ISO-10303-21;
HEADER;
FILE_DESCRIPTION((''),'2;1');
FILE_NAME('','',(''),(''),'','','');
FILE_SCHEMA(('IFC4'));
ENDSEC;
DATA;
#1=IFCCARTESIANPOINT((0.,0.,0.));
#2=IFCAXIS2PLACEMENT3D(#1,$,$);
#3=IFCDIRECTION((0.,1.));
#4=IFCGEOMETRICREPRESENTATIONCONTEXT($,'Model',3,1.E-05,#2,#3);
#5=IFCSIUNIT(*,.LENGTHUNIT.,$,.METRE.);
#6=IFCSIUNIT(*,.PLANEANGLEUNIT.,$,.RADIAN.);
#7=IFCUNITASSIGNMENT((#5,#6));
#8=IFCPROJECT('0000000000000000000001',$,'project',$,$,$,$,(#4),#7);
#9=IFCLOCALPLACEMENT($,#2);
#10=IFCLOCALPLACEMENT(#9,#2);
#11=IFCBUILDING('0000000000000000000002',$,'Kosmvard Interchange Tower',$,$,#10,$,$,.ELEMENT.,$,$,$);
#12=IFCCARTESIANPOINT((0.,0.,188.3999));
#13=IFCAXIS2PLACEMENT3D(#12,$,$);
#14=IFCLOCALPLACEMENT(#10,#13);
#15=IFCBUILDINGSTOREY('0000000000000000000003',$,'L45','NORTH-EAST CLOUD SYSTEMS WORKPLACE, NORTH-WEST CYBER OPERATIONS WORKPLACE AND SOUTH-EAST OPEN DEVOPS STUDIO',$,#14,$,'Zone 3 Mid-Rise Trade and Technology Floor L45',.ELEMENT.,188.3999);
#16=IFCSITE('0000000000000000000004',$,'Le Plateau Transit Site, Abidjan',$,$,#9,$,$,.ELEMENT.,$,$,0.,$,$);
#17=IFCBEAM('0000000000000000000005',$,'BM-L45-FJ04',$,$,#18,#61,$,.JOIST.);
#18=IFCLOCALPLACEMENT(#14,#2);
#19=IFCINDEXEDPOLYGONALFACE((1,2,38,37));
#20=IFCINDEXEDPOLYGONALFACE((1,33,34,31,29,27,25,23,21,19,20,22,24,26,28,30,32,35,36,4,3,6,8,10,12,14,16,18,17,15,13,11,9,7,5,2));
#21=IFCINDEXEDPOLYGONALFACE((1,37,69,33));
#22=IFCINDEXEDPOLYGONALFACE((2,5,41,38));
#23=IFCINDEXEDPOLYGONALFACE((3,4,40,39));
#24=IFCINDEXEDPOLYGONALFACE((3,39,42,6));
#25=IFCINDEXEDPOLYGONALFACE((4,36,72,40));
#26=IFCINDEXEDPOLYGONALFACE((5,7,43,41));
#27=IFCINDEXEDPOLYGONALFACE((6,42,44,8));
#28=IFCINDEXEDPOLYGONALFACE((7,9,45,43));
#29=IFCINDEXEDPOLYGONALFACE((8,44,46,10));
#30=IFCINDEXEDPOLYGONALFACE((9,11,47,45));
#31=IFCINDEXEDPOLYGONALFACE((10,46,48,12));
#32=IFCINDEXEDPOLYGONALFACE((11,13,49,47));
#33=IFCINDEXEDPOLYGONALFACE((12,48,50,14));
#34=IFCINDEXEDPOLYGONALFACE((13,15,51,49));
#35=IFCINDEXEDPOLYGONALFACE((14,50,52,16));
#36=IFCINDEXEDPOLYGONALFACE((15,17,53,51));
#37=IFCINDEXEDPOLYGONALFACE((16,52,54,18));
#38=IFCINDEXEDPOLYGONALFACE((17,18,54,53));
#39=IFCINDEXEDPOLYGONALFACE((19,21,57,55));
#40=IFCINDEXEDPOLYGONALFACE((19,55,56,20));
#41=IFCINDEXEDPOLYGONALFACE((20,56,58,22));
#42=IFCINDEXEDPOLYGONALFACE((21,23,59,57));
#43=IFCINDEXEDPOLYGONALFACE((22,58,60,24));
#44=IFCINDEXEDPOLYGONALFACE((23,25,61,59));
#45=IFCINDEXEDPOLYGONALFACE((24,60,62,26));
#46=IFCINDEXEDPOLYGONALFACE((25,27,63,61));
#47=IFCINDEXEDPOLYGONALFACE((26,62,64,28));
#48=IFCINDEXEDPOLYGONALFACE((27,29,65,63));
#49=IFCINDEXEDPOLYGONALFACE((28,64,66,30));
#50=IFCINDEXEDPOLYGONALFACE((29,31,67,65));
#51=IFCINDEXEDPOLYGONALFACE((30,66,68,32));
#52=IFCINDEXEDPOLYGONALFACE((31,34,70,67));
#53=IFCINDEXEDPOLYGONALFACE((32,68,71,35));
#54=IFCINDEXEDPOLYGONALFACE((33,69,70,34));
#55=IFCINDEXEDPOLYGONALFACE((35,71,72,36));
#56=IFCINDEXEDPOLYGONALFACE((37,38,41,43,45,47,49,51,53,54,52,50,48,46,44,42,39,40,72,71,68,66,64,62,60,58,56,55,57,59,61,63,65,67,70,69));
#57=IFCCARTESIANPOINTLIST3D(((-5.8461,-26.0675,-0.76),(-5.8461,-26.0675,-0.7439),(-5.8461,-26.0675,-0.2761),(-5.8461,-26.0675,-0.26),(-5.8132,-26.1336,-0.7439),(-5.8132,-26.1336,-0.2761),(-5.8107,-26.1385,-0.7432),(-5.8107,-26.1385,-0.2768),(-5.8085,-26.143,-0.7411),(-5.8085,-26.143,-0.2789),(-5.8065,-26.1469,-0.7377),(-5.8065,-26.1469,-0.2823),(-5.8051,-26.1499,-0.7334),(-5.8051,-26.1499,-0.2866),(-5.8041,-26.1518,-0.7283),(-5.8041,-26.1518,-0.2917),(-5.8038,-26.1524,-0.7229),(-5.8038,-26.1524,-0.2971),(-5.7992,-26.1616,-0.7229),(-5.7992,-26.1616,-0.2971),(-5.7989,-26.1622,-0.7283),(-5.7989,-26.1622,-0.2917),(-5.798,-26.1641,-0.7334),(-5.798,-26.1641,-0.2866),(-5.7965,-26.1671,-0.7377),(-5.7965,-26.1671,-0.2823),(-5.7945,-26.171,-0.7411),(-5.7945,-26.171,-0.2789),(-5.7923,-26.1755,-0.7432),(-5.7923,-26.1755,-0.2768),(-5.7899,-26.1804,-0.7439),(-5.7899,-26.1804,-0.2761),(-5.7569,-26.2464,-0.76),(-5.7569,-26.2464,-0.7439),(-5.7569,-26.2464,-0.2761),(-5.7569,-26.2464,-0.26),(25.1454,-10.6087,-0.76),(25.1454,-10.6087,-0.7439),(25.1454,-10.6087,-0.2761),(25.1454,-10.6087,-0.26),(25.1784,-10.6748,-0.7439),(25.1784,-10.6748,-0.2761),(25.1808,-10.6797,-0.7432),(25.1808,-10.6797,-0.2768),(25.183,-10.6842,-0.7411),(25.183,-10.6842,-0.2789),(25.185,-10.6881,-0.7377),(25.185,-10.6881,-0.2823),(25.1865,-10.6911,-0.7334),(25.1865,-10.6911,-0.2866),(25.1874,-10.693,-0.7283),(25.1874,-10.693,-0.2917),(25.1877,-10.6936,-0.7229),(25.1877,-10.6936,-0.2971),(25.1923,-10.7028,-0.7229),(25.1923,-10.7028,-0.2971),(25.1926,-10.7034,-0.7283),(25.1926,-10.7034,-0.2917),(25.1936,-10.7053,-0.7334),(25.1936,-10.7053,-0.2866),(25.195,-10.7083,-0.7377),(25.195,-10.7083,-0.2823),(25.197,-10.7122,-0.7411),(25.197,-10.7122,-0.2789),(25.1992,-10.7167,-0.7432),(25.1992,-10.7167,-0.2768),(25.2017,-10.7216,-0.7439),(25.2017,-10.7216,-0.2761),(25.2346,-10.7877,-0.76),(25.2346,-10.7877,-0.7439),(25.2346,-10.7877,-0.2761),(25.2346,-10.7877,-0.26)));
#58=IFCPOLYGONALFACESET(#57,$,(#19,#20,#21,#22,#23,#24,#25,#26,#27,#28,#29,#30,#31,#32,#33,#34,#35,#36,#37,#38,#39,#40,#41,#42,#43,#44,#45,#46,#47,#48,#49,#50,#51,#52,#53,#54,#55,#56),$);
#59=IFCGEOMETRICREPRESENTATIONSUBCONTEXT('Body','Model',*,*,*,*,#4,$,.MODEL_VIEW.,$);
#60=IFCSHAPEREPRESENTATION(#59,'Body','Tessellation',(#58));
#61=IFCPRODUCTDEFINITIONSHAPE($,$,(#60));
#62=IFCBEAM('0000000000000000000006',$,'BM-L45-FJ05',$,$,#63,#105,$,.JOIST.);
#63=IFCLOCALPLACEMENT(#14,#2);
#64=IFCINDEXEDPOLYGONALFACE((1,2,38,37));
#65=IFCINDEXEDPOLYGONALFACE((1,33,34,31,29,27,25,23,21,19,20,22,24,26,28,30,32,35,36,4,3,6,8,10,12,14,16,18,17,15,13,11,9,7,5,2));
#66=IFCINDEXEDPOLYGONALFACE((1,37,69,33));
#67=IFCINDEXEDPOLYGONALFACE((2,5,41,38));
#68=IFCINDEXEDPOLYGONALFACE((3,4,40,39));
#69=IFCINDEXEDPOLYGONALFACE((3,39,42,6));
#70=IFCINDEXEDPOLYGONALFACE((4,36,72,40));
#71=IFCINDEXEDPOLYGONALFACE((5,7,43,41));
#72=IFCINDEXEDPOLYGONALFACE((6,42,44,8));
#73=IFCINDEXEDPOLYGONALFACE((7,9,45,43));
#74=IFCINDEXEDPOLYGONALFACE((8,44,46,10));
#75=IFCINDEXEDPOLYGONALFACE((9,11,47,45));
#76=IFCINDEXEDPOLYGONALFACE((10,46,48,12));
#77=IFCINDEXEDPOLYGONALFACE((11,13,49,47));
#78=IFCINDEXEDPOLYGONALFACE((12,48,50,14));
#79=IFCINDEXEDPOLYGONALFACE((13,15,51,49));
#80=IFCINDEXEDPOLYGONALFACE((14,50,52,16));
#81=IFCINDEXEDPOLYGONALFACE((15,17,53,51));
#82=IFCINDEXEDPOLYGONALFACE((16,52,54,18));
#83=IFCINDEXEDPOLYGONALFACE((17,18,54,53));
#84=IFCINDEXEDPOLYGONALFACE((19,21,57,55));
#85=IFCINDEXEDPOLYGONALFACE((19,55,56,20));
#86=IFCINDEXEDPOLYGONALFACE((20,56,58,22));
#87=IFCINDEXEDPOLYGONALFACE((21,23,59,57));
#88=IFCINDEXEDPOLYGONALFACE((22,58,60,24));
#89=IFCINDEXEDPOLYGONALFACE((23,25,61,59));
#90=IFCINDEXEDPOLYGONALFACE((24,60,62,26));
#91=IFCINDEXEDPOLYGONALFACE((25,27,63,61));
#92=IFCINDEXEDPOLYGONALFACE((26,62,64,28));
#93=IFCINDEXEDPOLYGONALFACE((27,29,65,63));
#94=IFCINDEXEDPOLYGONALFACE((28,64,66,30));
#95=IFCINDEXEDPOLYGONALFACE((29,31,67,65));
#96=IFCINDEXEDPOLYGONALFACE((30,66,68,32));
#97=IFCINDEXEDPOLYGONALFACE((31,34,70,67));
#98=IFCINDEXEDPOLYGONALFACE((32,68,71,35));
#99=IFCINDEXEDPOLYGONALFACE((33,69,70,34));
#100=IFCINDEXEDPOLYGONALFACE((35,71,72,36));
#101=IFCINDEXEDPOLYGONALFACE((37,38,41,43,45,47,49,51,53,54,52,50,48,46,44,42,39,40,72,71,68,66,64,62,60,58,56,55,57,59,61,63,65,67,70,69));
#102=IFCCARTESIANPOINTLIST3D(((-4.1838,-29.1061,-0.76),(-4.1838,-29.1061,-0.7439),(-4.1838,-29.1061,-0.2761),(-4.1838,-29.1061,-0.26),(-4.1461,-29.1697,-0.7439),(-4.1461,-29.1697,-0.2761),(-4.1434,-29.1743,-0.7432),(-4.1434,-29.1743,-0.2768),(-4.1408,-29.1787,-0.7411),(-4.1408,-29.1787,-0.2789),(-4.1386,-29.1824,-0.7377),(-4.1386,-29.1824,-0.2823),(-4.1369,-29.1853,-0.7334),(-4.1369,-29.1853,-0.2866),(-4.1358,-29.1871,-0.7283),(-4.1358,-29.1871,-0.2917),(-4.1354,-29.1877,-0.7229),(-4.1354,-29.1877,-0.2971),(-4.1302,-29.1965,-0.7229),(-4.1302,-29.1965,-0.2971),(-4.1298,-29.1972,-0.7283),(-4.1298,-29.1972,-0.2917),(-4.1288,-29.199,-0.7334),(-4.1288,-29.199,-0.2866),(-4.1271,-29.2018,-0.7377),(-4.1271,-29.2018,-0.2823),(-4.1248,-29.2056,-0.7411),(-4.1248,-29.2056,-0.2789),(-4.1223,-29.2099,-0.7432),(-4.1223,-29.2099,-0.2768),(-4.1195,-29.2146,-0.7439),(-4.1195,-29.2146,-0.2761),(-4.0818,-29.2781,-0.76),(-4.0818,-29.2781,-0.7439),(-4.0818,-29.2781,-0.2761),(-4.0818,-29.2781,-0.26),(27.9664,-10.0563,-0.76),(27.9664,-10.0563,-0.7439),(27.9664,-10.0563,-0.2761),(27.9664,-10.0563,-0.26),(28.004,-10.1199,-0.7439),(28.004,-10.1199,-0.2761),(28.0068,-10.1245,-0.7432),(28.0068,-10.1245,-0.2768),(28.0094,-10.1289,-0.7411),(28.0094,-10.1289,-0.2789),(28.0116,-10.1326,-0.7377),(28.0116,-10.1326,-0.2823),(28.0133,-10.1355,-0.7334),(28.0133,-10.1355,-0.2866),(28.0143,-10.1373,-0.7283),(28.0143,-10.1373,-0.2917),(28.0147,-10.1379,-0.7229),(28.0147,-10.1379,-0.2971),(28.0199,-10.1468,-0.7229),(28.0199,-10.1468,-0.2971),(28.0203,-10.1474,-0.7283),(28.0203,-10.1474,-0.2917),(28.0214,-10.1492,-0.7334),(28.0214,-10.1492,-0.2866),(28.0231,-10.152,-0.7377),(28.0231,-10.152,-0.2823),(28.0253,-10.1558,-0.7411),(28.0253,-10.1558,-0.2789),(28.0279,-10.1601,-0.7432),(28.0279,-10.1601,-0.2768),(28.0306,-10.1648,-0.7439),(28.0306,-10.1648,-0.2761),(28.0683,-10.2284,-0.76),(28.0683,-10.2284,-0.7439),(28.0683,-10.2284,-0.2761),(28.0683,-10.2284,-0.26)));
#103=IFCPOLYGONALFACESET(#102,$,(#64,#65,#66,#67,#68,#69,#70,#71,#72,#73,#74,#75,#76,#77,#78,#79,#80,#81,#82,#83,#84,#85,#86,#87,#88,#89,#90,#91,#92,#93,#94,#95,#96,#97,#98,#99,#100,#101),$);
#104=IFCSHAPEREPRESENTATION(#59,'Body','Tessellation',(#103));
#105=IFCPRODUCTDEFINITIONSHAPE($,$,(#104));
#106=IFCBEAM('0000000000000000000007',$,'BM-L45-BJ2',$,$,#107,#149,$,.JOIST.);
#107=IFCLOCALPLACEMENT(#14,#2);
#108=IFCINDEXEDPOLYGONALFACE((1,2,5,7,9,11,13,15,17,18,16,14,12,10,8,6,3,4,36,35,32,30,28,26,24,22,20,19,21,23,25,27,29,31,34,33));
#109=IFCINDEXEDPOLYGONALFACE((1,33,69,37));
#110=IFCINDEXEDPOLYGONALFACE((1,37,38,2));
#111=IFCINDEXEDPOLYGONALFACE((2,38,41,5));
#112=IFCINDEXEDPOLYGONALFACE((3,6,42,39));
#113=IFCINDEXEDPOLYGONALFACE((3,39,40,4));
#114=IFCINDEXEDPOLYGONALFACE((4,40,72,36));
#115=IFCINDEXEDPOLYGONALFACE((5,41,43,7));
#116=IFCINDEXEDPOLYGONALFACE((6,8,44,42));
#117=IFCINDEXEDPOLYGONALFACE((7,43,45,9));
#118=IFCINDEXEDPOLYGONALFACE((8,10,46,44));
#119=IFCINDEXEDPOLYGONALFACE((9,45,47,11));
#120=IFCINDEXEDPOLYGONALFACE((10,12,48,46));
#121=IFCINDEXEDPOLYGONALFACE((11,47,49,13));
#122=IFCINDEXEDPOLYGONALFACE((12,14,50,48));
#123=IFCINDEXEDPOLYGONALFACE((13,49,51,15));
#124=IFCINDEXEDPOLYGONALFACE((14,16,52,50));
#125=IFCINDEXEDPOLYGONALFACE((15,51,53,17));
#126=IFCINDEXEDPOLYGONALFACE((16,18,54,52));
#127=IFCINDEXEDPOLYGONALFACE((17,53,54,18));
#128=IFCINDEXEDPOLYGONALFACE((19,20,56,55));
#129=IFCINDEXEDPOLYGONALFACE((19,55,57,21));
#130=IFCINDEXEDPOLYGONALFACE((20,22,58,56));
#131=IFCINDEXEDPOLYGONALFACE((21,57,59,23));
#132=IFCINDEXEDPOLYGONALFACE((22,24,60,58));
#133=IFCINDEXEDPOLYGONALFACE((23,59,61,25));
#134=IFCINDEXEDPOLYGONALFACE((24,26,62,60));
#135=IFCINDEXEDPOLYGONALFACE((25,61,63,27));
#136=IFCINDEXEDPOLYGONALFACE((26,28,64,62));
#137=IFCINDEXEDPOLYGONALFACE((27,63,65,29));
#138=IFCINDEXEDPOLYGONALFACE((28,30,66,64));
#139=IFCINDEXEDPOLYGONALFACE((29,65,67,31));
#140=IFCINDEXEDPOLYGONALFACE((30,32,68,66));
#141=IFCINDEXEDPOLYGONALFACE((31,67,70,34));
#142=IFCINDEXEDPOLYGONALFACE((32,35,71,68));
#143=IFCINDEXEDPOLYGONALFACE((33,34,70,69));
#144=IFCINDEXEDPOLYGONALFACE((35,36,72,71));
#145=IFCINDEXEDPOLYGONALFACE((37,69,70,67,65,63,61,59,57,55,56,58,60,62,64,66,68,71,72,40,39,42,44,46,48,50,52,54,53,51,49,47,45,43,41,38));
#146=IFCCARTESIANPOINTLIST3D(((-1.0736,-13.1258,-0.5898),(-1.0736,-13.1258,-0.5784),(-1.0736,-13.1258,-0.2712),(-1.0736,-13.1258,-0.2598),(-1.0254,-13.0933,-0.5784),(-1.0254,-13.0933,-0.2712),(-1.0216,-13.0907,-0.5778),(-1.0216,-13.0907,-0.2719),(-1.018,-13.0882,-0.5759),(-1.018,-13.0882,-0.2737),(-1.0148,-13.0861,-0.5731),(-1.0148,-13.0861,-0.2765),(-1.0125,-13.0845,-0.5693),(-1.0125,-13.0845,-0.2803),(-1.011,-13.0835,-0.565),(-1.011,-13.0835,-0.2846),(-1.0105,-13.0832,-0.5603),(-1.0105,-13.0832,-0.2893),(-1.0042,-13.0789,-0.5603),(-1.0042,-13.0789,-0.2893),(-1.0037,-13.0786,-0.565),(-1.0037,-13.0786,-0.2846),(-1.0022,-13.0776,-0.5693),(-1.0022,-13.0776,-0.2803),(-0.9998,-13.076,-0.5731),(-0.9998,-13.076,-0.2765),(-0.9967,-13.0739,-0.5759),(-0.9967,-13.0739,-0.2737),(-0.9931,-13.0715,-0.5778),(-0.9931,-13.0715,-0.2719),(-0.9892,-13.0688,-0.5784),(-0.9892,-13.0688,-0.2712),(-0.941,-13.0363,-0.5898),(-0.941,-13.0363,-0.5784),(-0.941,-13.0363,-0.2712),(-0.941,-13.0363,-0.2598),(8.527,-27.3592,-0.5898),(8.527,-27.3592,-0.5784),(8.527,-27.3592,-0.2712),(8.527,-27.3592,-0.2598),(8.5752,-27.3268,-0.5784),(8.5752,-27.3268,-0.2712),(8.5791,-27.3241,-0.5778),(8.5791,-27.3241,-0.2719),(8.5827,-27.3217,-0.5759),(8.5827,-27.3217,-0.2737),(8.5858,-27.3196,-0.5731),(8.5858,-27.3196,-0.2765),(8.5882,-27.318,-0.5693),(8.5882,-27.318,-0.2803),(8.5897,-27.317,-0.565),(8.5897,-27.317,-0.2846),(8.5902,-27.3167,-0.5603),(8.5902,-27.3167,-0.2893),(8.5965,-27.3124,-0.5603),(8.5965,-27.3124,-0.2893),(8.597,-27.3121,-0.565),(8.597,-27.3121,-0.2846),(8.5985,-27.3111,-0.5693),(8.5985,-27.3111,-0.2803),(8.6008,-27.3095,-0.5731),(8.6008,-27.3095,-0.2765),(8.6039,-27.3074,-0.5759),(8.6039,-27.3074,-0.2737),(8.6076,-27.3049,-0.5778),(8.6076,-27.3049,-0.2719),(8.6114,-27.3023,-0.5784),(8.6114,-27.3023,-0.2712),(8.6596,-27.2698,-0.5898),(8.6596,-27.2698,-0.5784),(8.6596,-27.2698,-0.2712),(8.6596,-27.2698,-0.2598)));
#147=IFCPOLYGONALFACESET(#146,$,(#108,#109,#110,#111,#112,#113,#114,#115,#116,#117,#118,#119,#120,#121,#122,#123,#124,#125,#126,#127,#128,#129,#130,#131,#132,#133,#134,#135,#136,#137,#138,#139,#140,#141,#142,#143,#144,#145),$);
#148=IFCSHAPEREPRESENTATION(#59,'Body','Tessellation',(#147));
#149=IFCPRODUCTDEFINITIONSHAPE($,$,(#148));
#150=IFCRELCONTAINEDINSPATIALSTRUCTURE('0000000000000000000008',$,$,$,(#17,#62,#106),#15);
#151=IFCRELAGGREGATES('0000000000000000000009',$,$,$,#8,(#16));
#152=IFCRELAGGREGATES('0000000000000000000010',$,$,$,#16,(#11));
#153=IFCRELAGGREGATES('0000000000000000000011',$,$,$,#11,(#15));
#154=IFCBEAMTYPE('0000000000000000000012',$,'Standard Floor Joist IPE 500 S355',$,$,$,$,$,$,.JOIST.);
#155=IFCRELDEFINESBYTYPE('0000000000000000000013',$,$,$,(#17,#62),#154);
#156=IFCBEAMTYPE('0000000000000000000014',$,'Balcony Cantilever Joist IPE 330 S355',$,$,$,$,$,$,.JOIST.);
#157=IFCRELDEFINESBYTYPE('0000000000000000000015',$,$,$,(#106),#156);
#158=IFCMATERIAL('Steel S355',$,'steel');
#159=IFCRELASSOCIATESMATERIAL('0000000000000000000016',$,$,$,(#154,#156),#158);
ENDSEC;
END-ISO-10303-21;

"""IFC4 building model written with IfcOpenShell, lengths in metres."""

from ifc_helpers import new_model, si_unit, direction, frame, origin, origin_2d, place, context, subcontext, project, spatial, i_section, extrude, source, transform, mapped, material, material_profile, profile_set, type_object, element, save


model = new_model("IFC4")

# Units and contexts
model_context = context("Model", 3, precision=1e-05, world=origin(), true_north=direction((0.0, 1.0)))
body_context = subcontext(model_context, "Body", "Model", "MODEL_VIEW")
ifc_project = project(units=[si_unit("LENGTHUNIT", "METRE"), si_unit("PLANEANGLEUNIT", "RADIAN")], contexts=[model_context])

# Site, building, storey
site_placement = place(None, origin())
site = spatial("IfcSite", under=ifc_project, at=site_placement, Name="Le Plateau Transit Site, Abidjan", CompositionType="ELEMENT", RefElevation=0.0)
building_placement = place(site_placement, origin())
building = spatial("IfcBuilding", under=site, at=building_placement, Name="Kosmvard Interchange Tower", CompositionType="ELEMENT")
storey_placement = place(building_placement, frame((0.0, 0.0, 188.3999)))
storey = spatial("IfcBuildingStorey", under=building, at=storey_placement, Name="L45", Description="NORTH-EAST CLOUD SYSTEMS WORKPLACE, NORTH-WEST CYBER OPERATIONS WORKPLACE AND SOUTH-EAST OPEN DEVOPS STUDIO", LongName="Zone 3 Mid-Rise Trade and Technology Floor L45", CompositionType="ELEMENT", Elevation=188.3999)

# Beams
ifc_material_1 = material(Name="Steel S355", Category="steel")
ifc_material_profile_1 = material_profile(ifc_material_1, i_section(OverallWidth=0.2, OverallDepth=0.5, WebThickness=0.0103, FlangeThickness=0.0161, FilletRadius=0.021, at=origin_2d()), Name="IPE 500")
ifc_profile_set_1 = profile_set([ifc_material_profile_1], Name="Steel S355")
beam_type_1 = type_object("IfcBeamType", Name="Standard Floor Joist IPE 500 S355", PredefinedType="JOIST", material=ifc_profile_set_1)
shared_shape_1 = source(origin(), body_context, "Body", "SweptSolid", [
    extrude(i_section(OverallWidth=0.2, OverallDepth=0.5, WebThickness=0.0103, FlangeThickness=0.0161, FilletRadius=0.021, at=origin_2d()), origin(), (0.0, 0.0, 1.0), 34.6331),
])
beam_1_placement = place(storey_placement, frame((-5.8015, -26.157, -0.51), z_axis=(0.894854, 0.446359, 0.0), x_axis=(-0.446359, 0.894854, 0.0)))
element("IfcBeam", 1, at=beam_1_placement, inside=storey, type_object=beam_type_1, Name="BM-L45-FJ04", PredefinedType="JOIST", context=body_context, shape_type="MappedRepresentation", body=[
    mapped(shared_shape_1, transform((0.0, 0.0, 0.0), scale=1.0)),
])
shared_shape_2 = source(origin(), body_context, "Body", "SweptSolid", [
    extrude(i_section(OverallWidth=0.2, OverallDepth=0.5, WebThickness=0.0103, FlangeThickness=0.0161, FilletRadius=0.021, at=origin_2d()), origin(), (0.0, 0.0, 1.0), 37.3701),
])
beam_2_placement = place(storey_placement, frame((-4.1328, -29.1921, -0.51), z_axis=(0.860317, 0.50976, 0.0), x_axis=(-0.50976, 0.860317, 0.0)))
element("IfcBeam", 2, at=beam_2_placement, inside=storey, type_object=beam_type_1, Name="BM-L45-FJ05", PredefinedType="JOIST", context=body_context, shape_type="MappedRepresentation", body=[
    mapped(shared_shape_2, transform((0.0, 0.0, 0.0), scale=1.0)),
])
ifc_material_profile_2 = material_profile(ifc_material_1, i_section(OverallWidth=0.1599, OverallDepth=0.3301, WebThickness=0.0076, FlangeThickness=0.0115, FilletRadius=0.0181, at=origin_2d()), Name="IPE 330")
ifc_profile_set_2 = profile_set([ifc_material_profile_2], Name="Steel S355")
beam_type_2 = type_object("IfcBeamType", Name="Balcony Cantilever Joist IPE 330 S355", PredefinedType="JOIST", material=ifc_profile_set_2)
shared_shape_3 = source(origin(), body_context, "Body", "SweptSolid", [
    extrude(i_section(OverallWidth=0.1599, OverallDepth=0.3301, WebThickness=0.0076, FlangeThickness=0.0115, FilletRadius=0.0181, at=origin_2d()), origin(), (0.0, 0.0, 1.0), 17.1687),
])
beam_3_placement = place(storey_placement, frame((-1.0073, -13.0811, -0.4248), z_axis=(0.559194, -0.829037, 0.0), x_axis=(0.829037, 0.559194, 0.0)))
element("IfcBeam", 3, at=beam_3_placement, inside=storey, type_object=beam_type_2, Name="BM-L45-BJ2", PredefinedType="JOIST", context=body_context, shape_type="MappedRepresentation", body=[
    mapped(shared_shape_3, transform((0.0, 0.0, 0.0), scale=1.0)),
])

save(model, "model.ifc")
